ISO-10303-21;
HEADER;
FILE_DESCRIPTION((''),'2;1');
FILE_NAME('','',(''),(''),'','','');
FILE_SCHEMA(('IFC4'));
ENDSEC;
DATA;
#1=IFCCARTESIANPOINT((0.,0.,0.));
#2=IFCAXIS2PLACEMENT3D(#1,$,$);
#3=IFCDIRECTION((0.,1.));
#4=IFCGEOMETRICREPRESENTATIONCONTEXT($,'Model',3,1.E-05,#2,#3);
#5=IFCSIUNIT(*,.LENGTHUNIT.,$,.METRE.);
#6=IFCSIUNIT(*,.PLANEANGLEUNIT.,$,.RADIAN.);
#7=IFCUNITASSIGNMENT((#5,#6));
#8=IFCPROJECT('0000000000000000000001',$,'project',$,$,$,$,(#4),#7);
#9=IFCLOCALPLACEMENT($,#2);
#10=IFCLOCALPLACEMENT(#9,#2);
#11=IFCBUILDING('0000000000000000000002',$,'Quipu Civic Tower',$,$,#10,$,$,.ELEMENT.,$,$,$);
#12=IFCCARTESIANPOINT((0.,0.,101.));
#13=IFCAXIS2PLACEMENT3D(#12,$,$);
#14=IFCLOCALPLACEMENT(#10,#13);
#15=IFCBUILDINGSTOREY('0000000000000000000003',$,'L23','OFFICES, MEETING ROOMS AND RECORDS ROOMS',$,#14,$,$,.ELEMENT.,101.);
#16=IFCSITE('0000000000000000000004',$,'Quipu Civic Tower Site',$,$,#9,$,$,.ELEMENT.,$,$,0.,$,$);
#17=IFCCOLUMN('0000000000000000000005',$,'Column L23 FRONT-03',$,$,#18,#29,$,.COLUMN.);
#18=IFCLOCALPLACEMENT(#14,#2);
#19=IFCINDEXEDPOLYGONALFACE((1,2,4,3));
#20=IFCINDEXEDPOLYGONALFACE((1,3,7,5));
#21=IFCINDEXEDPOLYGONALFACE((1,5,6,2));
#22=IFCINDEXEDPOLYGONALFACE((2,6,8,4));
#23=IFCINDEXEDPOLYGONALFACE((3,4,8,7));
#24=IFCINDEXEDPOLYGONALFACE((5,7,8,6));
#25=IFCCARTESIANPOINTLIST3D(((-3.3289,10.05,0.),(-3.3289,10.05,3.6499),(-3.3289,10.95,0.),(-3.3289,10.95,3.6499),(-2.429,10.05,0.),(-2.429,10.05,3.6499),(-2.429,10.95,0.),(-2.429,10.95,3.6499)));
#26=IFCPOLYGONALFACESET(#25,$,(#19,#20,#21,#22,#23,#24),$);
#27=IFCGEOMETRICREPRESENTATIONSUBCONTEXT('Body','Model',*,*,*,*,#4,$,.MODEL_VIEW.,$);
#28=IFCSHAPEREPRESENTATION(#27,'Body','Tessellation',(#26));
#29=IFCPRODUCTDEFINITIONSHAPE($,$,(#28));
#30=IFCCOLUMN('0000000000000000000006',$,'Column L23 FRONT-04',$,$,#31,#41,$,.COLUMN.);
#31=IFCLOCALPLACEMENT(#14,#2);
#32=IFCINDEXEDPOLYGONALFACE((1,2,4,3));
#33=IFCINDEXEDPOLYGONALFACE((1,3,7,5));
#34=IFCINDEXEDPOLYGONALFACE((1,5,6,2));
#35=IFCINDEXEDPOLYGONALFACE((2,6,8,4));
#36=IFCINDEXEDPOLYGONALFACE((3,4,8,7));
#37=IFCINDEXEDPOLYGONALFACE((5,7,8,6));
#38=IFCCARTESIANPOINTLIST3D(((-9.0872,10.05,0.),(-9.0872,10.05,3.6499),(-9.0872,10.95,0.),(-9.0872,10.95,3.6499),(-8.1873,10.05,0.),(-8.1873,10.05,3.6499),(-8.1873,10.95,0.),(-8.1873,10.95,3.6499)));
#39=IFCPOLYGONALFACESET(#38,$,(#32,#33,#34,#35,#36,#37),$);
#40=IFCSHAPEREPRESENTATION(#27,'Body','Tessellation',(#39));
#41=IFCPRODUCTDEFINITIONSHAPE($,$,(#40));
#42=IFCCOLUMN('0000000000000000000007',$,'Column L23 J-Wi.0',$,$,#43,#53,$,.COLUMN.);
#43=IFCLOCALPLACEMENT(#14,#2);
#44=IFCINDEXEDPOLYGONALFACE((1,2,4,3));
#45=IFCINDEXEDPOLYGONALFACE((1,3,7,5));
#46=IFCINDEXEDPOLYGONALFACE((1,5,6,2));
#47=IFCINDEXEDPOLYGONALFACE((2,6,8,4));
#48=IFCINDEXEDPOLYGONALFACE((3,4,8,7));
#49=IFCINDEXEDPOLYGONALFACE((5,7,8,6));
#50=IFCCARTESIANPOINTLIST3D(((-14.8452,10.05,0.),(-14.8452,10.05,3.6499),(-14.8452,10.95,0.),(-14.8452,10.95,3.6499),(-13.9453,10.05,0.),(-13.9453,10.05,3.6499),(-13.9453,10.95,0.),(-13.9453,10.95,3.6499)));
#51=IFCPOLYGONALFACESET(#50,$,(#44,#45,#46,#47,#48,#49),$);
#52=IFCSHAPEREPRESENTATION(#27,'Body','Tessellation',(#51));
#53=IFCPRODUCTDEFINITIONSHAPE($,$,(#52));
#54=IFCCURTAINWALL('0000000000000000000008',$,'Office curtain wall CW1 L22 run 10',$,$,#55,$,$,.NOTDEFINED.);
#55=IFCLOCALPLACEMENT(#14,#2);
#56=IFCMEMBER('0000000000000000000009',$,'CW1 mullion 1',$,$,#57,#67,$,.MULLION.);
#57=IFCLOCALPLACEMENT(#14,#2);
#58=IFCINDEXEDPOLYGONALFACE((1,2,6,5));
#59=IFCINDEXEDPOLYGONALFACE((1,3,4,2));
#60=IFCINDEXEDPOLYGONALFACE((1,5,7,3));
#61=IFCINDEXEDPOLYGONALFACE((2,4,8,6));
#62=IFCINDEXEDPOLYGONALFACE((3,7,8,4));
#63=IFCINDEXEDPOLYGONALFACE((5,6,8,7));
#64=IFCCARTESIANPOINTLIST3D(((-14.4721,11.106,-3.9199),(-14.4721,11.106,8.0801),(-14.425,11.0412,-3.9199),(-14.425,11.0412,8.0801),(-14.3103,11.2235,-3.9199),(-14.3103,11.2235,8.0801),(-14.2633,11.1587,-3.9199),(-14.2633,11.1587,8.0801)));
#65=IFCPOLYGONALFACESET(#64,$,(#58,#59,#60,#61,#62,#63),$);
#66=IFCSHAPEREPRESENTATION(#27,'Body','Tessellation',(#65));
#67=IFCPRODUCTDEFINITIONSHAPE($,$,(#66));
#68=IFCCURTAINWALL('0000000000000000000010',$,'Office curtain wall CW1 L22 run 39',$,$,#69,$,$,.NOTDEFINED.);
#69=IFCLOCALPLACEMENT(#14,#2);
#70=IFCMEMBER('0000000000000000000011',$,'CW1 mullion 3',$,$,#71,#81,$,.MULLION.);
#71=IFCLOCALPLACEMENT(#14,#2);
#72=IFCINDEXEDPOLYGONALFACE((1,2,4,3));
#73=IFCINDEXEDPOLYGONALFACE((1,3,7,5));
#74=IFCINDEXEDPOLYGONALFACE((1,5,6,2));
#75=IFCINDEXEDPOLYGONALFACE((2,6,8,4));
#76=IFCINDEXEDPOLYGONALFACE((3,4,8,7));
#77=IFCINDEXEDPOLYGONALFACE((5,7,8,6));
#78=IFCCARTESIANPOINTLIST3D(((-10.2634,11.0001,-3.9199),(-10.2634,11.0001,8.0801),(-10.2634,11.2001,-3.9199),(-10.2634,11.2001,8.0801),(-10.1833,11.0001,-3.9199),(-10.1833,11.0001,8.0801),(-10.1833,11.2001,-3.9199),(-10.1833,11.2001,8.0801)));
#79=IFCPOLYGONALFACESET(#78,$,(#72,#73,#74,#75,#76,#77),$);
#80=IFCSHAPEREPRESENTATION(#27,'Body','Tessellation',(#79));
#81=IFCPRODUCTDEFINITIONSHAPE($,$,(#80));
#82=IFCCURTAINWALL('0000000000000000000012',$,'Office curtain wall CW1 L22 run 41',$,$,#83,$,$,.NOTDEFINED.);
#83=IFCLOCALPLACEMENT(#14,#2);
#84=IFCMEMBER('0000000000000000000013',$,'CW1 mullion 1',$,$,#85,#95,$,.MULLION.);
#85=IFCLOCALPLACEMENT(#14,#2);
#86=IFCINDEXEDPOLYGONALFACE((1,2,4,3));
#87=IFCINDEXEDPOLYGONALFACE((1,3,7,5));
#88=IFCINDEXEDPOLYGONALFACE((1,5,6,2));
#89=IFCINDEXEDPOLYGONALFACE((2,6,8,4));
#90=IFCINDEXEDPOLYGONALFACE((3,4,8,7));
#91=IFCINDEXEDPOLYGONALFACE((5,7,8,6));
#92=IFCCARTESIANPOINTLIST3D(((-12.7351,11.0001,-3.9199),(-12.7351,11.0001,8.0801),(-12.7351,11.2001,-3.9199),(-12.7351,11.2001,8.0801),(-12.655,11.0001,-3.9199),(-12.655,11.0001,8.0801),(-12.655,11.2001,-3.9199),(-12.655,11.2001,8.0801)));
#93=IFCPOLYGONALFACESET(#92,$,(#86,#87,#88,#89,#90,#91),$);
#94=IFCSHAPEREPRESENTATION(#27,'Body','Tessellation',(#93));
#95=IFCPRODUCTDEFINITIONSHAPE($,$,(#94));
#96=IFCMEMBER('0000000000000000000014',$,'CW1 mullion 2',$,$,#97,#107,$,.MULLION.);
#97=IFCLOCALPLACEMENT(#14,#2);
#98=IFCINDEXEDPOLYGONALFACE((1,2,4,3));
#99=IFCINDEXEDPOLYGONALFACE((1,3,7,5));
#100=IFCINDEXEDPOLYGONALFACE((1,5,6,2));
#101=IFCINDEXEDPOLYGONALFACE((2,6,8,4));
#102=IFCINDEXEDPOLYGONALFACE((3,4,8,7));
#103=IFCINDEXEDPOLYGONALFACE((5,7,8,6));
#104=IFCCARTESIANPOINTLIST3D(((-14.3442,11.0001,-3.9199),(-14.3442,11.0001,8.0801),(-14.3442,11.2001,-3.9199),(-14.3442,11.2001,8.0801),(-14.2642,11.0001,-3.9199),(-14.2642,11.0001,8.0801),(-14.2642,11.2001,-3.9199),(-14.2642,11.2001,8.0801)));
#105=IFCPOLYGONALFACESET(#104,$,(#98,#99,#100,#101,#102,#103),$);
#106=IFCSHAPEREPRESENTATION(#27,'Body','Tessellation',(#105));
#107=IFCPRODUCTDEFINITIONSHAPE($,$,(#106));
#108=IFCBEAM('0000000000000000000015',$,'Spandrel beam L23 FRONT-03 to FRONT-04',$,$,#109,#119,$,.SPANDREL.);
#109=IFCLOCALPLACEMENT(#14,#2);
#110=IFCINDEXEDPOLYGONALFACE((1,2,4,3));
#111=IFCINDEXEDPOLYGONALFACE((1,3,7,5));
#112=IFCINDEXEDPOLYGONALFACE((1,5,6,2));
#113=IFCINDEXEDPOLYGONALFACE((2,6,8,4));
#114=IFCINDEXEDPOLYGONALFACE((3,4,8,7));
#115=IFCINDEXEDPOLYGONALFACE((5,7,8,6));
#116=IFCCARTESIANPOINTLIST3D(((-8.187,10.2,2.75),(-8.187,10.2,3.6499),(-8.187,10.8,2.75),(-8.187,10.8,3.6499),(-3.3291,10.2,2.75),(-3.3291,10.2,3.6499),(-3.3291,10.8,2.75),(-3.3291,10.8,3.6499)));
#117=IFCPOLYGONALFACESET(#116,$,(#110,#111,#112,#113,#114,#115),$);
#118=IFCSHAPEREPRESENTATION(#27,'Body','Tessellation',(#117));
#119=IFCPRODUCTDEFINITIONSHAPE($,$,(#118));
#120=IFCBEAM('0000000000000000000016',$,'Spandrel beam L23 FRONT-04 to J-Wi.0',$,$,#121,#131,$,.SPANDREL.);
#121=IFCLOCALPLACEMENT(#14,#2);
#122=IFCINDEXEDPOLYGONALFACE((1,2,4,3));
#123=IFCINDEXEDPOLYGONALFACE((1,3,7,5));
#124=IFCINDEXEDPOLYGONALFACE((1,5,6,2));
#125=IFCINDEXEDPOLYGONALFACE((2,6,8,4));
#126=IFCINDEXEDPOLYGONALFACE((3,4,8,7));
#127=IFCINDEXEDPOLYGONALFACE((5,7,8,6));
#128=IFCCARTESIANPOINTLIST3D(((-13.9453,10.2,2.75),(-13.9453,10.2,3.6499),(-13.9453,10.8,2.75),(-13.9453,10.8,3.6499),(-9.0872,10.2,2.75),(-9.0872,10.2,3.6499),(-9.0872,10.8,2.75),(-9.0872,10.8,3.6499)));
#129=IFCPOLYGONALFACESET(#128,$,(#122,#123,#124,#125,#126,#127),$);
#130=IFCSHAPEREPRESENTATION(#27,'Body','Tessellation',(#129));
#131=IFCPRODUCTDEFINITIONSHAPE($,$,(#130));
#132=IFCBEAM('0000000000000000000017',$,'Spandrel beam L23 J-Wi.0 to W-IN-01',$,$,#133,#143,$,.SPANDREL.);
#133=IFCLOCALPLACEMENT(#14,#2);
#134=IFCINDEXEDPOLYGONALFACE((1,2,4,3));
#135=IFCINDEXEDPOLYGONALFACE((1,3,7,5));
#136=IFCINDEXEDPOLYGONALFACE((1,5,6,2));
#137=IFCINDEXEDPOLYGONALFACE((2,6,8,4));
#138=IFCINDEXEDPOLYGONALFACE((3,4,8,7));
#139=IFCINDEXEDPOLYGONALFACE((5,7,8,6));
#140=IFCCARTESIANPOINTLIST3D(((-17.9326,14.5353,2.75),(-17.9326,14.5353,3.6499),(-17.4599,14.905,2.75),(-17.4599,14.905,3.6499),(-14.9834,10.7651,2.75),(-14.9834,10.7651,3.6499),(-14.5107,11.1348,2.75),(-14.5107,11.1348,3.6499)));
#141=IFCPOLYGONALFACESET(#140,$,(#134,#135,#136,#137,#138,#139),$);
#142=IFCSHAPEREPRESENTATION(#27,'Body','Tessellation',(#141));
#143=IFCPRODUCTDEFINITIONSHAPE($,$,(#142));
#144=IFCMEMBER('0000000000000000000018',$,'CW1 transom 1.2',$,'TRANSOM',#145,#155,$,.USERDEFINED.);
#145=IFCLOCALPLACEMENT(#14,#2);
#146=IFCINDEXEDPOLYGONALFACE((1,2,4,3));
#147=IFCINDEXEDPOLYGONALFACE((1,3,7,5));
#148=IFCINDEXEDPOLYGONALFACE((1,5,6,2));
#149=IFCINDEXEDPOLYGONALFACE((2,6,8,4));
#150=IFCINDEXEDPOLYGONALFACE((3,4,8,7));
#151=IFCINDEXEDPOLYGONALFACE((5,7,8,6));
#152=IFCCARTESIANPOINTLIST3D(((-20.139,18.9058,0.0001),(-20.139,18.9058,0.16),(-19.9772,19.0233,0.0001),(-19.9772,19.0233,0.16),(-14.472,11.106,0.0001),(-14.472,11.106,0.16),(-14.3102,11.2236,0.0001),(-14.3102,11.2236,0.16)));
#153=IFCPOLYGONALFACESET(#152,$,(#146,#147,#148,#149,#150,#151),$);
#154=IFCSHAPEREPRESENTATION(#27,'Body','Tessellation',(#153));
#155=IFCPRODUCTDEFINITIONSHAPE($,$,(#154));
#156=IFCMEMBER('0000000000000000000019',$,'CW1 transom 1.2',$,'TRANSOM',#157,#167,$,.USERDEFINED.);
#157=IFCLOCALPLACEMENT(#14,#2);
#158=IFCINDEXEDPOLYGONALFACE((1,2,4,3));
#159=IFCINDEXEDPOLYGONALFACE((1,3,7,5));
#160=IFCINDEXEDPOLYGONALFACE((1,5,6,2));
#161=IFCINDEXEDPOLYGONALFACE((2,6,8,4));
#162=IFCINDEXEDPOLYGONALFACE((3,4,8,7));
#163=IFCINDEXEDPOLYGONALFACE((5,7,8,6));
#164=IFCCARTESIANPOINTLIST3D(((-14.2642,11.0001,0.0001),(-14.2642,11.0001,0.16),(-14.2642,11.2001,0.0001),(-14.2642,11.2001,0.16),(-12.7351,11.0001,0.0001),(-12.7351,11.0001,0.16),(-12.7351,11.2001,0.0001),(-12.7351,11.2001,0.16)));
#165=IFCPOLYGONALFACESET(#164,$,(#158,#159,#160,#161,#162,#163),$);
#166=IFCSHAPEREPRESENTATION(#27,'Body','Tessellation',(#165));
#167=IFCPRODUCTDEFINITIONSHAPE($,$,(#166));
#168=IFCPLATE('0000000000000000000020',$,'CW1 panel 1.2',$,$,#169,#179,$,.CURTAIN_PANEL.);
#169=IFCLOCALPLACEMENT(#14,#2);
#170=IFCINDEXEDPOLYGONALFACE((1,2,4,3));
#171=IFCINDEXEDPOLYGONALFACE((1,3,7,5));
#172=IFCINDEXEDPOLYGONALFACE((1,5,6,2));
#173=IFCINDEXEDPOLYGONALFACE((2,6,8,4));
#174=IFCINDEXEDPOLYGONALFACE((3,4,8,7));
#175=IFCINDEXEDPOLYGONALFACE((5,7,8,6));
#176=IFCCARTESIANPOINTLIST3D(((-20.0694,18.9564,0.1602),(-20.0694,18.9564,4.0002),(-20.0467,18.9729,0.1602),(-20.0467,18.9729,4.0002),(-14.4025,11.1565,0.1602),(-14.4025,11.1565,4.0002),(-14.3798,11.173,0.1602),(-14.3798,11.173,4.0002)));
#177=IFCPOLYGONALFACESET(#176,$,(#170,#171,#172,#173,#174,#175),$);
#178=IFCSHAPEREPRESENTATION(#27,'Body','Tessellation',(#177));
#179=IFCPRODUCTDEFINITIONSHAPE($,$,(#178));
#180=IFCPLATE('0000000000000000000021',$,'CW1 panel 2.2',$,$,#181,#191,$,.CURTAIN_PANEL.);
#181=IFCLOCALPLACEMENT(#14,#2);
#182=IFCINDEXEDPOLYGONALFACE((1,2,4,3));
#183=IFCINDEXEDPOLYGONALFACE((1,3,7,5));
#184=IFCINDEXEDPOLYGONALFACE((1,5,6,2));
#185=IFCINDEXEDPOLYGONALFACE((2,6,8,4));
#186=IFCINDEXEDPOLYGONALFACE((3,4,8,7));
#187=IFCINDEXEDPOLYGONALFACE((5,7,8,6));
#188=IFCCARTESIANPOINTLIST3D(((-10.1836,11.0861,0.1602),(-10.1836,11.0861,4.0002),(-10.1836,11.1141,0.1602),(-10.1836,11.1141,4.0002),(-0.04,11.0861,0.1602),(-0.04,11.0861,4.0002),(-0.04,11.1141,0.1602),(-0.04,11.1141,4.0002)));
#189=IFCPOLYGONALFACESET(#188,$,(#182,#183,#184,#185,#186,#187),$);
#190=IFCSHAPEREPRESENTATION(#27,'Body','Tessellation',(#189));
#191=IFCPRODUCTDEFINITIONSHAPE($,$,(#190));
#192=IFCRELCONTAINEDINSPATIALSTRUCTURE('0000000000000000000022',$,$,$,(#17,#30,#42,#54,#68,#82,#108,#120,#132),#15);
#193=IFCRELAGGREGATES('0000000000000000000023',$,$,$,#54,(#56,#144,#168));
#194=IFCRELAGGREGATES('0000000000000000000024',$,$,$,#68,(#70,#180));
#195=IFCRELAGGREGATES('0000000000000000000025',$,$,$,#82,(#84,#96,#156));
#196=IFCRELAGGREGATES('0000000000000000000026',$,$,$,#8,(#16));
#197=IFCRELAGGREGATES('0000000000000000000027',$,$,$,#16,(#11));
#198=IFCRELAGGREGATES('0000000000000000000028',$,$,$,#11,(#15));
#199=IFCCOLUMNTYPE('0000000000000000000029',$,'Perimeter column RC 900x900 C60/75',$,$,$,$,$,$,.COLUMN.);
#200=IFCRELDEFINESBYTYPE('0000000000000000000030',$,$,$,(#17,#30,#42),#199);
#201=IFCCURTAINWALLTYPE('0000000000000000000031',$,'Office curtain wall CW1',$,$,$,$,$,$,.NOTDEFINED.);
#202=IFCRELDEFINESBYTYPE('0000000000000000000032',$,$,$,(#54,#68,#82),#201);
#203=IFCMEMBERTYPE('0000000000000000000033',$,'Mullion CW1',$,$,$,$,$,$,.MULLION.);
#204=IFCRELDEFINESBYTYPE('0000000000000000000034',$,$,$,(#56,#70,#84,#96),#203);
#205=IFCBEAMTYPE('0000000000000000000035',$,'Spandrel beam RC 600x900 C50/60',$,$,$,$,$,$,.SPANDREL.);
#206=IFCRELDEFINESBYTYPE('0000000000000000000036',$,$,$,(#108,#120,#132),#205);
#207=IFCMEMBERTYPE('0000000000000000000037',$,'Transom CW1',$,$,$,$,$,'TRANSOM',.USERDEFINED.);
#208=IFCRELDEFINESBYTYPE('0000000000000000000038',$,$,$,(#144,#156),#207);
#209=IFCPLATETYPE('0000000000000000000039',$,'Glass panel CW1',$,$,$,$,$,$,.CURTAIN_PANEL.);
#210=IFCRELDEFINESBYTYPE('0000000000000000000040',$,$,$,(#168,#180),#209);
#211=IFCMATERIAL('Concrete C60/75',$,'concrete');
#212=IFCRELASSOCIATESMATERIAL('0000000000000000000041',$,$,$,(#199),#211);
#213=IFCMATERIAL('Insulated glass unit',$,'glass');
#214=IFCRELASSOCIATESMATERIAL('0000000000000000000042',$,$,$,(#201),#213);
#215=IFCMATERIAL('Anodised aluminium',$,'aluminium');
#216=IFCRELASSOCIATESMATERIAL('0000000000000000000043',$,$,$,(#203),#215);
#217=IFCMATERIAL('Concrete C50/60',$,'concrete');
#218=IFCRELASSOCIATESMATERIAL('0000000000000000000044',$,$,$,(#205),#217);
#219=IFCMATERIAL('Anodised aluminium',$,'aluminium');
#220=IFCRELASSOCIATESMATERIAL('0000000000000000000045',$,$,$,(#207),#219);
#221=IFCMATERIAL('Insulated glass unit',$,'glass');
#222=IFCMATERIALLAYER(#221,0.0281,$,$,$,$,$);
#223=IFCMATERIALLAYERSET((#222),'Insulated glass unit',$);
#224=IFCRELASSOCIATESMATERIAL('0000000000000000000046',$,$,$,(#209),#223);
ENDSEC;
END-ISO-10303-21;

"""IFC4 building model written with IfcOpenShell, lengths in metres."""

from ifc_helpers import new_model, si_unit, direction, frame, origin, origin_2d, place, context, subcontext, project, spatial, rectangle, extrude, material, layer, layer_set, material_profile, profile_set, type_object, element, aggregate, save


model = new_model("IFC4")

# Units and contexts
model_context = context("Model", 3, precision=1e-05, world=origin(), true_north=direction((0.0, 1.0)))
body_context = subcontext(model_context, "Body", "Model", "MODEL_VIEW")
ifc_project = project(units=[si_unit("LENGTHUNIT", "METRE"), si_unit("PLANEANGLEUNIT", "RADIAN")], contexts=[model_context])

# Site, building, storey
site_placement = place(None, origin())
site = spatial("IfcSite", under=ifc_project, at=site_placement, Name="Quipu Civic Tower Site", CompositionType="ELEMENT", RefElevation=0.0)
building_placement = place(site_placement, origin())
building = spatial("IfcBuilding", under=site, at=building_placement, Name="Quipu Civic Tower", CompositionType="ELEMENT")
storey_placement = place(building_placement, frame((0.0, 0.0, 101.0)))
storey = spatial("IfcBuildingStorey", under=building, at=storey_placement, Name="L23", Description="OFFICES, MEETING ROOMS AND RECORDS ROOMS", CompositionType="ELEMENT", Elevation=101.0)

# Columns
ifc_material_1 = material(Name="Concrete C60/75", Category="concrete")
ifc_material_profile_1 = material_profile(ifc_material_1, rectangle(XDim=0.8999, YDim=0.8999, at=origin_2d()), Name="RC900x900")
ifc_profile_set_1 = profile_set([ifc_material_profile_1], Name="Concrete C60/75")
column_type = type_object("IfcColumnType", Name="Perimeter column RC 900x900 C60/75", PredefinedType="COLUMN", material=ifc_profile_set_1)
for number, where, z_axis, x_axis, name in (
    (1, (-2.8789, 10.5, 0.0), (0.0, 0.0, 1.0), (-1.0, 0.0, 0.0), "Column L23 FRONT-03"),
    (2, (-8.6372, 10.5, 0.0), (0.0, 0.0, 1.0), (-1.0, 0.0, 0.0), "Column L23 FRONT-04"),
    (3, (-14.3953, 10.5, 0.0), (0.0, 0.0, 1.0), (-1.0, 0.0, 0.0), "Column L23 J-Wi.0"),
):
    element("IfcColumn", number, at=place(storey_placement, frame(where, z_axis=z_axis, x_axis=x_axis)), inside=storey, type_object=column_type, Name=name, PredefinedType="COLUMN", context=body_context, shape_type="SweptSolid", body=[
        extrude(rectangle(XDim=0.8999, YDim=0.8999, at=origin_2d()), origin(), (0.0, 0.0, 1.0), 3.6499),
    ])

# Curtain walls, members
ifc_material_2 = material(Name="Insulated glass unit", Category="glass")
curtain_wall_type = type_object("IfcCurtainWallType", Name="Office curtain wall CW1", PredefinedType="NOTDEFINED", material=ifc_material_2)
curtain_wall_1_placement = place(storey_placement, origin())
curtain_wall_1 = element("IfcCurtainWall", 4, at=curtain_wall_1_placement, inside=storey, type_object=curtain_wall_type, Name="Office curtain wall CW1 L22 run 10", PredefinedType="NOTDEFINED")
ifc_material_3 = material(Name="Anodised aluminium", Category="aluminium")
ifc_material_profile_2 = material_profile(ifc_material_3, rectangle(XDim=0.2, YDim=0.0801, at=origin_2d()), Name="RECT 200x80")
ifc_profile_set_2 = profile_set([ifc_material_profile_2], Name="Anodised aluminium")
member_type_1 = type_object("IfcMemberType", Name="Mullion CW1", PredefinedType="MULLION", material=ifc_profile_set_2)
member_1_placement = place(storey_placement, frame((-14.3677, 11.1323, -3.9199), z_axis=(0.0, 0.0, 1.0), x_axis=(-0.809017, -0.587786, 0.0)))
member_1 = element("IfcMember", 5, at=member_1_placement, type_object=member_type_1, Name="CW1 mullion 1", PredefinedType="MULLION", context=body_context, shape_type="SweptSolid", body=[
    extrude(rectangle(XDim=0.2, YDim=0.0801, at=origin_2d()), origin(), (0.0, 0.0, 1.0), 12.0),
])
curtain_wall_2_placement = place(storey_placement, origin())
curtain_wall_2 = element("IfcCurtainWall", 6, at=curtain_wall_2_placement, inside=storey, type_object=curtain_wall_type, Name="Office curtain wall CW1 L22 run 39", PredefinedType="NOTDEFINED")
member_2_placement = place(storey_placement, frame((-10.2234, 11.1001, -3.9199), z_axis=(0.0, 0.0, 1.0), x_axis=(0.0, -1.0, 0.0)))
member_2 = element("IfcMember", 7, at=member_2_placement, type_object=member_type_1, Name="CW1 mullion 3", PredefinedType="MULLION", context=body_context, shape_type="SweptSolid", body=[
    extrude(rectangle(XDim=0.2, YDim=0.0801, at=origin_2d()), origin(), (0.0, 0.0, 1.0), 12.0),
])

# Curtain wall, members
curtain_wall_3_placement = place(storey_placement, origin())
curtain_wall_3 = element("IfcCurtainWall", 8, at=curtain_wall_3_placement, inside=storey, type_object=curtain_wall_type, Name="Office curtain wall CW1 L22 run 41", PredefinedType="NOTDEFINED")
member_3_placement = place(storey_placement, frame((-12.6951, 11.1001, -3.9199), z_axis=(0.0, 0.0, 1.0), x_axis=(0.0, -1.0, 0.0)))
member_3 = element("IfcMember", 9, at=member_3_placement, type_object=member_type_1, Name="CW1 mullion 1", PredefinedType="MULLION", context=body_context, shape_type="SweptSolid", body=[
    extrude(rectangle(XDim=0.2, YDim=0.0801, at=origin_2d()), origin(), (0.0, 0.0, 1.0), 12.0),
])
member_4_placement = place(storey_placement, frame((-14.3042, 11.1001, -3.9199), z_axis=(0.0, 0.0, 1.0), x_axis=(0.0, -1.0, 0.0)))
member_4 = element("IfcMember", 10, at=member_4_placement, type_object=member_type_1, Name="CW1 mullion 2", PredefinedType="MULLION", context=body_context, shape_type="SweptSolid", body=[
    extrude(rectangle(XDim=0.2, YDim=0.0801, at=origin_2d()), origin(), (0.0, 0.0, 1.0), 12.0),
])

# Beams
ifc_material_4 = material(Name="Concrete C50/60", Category="concrete")
ifc_material_profile_3 = material_profile(ifc_material_4, rectangle(XDim=0.6001, YDim=0.8999, at=origin_2d()), Name="RC600x900")
ifc_profile_set_3 = profile_set([ifc_material_profile_3], Name="Concrete C50/60")
beam_type = type_object("IfcBeamType", Name="Spandrel beam RC 600x900 C50/60", PredefinedType="SPANDREL", material=ifc_profile_set_3)
beam_1_placement = place(storey_placement, frame((-3.3291, 10.5, 3.2), z_axis=(-1.0, 0.0, 0.0), x_axis=(0.0, -1.0, 0.0)))
element("IfcBeam", 11, at=beam_1_placement, inside=storey, type_object=beam_type, Name="Spandrel beam L23 FRONT-03 to FRONT-04", PredefinedType="SPANDREL", context=body_context, shape_type="SweptSolid", body=[
    extrude(rectangle(XDim=0.6001, YDim=0.8999, at=origin_2d()), origin(), (0.0, 0.0, 1.0), 4.8579),
])
beam_2_placement = place(storey_placement, frame((-9.0872, 10.5, 3.2), z_axis=(-1.0, 0.0, 0.0), x_axis=(0.0, -1.0, 0.0)))
element("IfcBeam", 12, at=beam_2_placement, inside=storey, type_object=beam_type, Name="Spandrel beam L23 FRONT-04 to J-Wi.0", PredefinedType="SPANDREL", context=body_context, shape_type="SweptSolid", body=[
    extrude(rectangle(XDim=0.6001, YDim=0.8999, at=origin_2d()), origin(), (0.0, 0.0, 1.0), 4.8582),
])
beam_3_placement = place(storey_placement, frame((-14.7471, 10.95, 3.2), z_axis=(-0.616124, 0.787649, 0.0), x_axis=(-0.787649, -0.616124, 0.0)))
element("IfcBeam", 13, at=beam_3_placement, inside=storey, type_object=beam_type, Name="Spandrel beam L23 J-Wi.0 to W-IN-01", PredefinedType="SPANDREL", context=body_context, shape_type="SweptSolid", body=[
    extrude(rectangle(XDim=0.6001, YDim=0.8999, at=origin_2d()), origin(), (0.0, 0.0, 1.0), 4.7866),
])

# Members
ifc_material_5 = material(Name="Anodised aluminium", Category="aluminium")
ifc_material_profile_4 = material_profile(ifc_material_5, rectangle(XDim=0.2, YDim=0.1599, at=origin_2d()), Name="RECT 200x160")
ifc_profile_set_4 = profile_set([ifc_material_profile_4], Name="Anodised aluminium")
member_type_2 = type_object("IfcMemberType", Name="Transom CW1", ElementType="TRANSOM", PredefinedType="USERDEFINED", material=ifc_profile_set_4)
member_5_placement = place(storey_placement, frame((-14.3911, 11.1648, 0.0801), z_axis=(-0.587792, 0.809012, 0.0), x_axis=(-0.809012, -0.587792, 0.0)))
member_5 = element("IfcMember", 14, at=member_5_placement, type_object=member_type_2, Name="CW1 transom 1.2", ObjectType="TRANSOM", PredefinedType="USERDEFINED", context=body_context, shape_type="SweptSolid", body=[
    extrude(rectangle(XDim=0.2, YDim=0.1599, at=origin_2d()), origin(), (0.0, 0.0, 1.0), 9.6411),
])
member_6_placement = place(storey_placement, frame((-12.7351, 11.1001, 0.0801), z_axis=(-1.0, 0.0, 0.0), x_axis=(0.0, -1.0, 0.0)))
member_6 = element("IfcMember", 15, at=member_6_placement, type_object=member_type_2, Name="CW1 transom 1.2", ObjectType="TRANSOM", PredefinedType="USERDEFINED", context=body_context, shape_type="SweptSolid", body=[
    extrude(rectangle(XDim=0.2, YDim=0.1599, at=origin_2d()), origin(), (0.0, 0.0, 1.0), 1.5291),
])

# Plates
ifc_material_6 = material(Name="Insulated glass unit", Category="glass")
ifc_layer_1 = layer(ifc_material_6, 0.0281)
ifc_layer_set_1 = layer_set([ifc_layer_1], Name="Insulated glass unit")
plate_type_1 = type_object("IfcPlateType", Name="Glass panel CW1", PredefinedType="CURTAIN_PANEL", material=ifc_layer_set_1)
plate_1_placement = place(storey_placement, frame((-17.2246, 15.0647, 0.1602), z_axis=(0.0, 0.0, 1.0), x_axis=(-0.587786, 0.809017, 0.0)))
plate_1 = element("IfcPlate", 16, at=plate_1_placement, type_object=plate_type_1, Name="CW1 panel 1.2", PredefinedType="CURTAIN_PANEL", context=body_context, shape_type="SweptSolid", body=[
    extrude(rectangle(XDim=9.6411, YDim=0.0281, at=origin_2d()), origin(), (0.0, 0.0, 1.0), 3.8401),
])
aggregate(curtain_wall_1, [member_1, member_5, plate_1])
plate_2_placement = place(storey_placement, frame((-5.1118, 11.1001, 0.1602), z_axis=(0.0, 0.0, 1.0), x_axis=(-1.0, 0.0, 0.0)))
plate_2 = element("IfcPlate", 17, at=plate_2_placement, type_object=plate_type_1, Name="CW1 panel 2.2", PredefinedType="CURTAIN_PANEL", context=body_context, shape_type="SweptSolid", body=[
    extrude(rectangle(XDim=10.1436, YDim=0.0281, at=origin_2d()), origin(), (0.0, 0.0, 1.0), 3.8401),
])
aggregate(curtain_wall_2, [member_2, plate_2])
aggregate(curtain_wall_3, [member_3, member_4, member_6])

save(model, "model.ifc")
